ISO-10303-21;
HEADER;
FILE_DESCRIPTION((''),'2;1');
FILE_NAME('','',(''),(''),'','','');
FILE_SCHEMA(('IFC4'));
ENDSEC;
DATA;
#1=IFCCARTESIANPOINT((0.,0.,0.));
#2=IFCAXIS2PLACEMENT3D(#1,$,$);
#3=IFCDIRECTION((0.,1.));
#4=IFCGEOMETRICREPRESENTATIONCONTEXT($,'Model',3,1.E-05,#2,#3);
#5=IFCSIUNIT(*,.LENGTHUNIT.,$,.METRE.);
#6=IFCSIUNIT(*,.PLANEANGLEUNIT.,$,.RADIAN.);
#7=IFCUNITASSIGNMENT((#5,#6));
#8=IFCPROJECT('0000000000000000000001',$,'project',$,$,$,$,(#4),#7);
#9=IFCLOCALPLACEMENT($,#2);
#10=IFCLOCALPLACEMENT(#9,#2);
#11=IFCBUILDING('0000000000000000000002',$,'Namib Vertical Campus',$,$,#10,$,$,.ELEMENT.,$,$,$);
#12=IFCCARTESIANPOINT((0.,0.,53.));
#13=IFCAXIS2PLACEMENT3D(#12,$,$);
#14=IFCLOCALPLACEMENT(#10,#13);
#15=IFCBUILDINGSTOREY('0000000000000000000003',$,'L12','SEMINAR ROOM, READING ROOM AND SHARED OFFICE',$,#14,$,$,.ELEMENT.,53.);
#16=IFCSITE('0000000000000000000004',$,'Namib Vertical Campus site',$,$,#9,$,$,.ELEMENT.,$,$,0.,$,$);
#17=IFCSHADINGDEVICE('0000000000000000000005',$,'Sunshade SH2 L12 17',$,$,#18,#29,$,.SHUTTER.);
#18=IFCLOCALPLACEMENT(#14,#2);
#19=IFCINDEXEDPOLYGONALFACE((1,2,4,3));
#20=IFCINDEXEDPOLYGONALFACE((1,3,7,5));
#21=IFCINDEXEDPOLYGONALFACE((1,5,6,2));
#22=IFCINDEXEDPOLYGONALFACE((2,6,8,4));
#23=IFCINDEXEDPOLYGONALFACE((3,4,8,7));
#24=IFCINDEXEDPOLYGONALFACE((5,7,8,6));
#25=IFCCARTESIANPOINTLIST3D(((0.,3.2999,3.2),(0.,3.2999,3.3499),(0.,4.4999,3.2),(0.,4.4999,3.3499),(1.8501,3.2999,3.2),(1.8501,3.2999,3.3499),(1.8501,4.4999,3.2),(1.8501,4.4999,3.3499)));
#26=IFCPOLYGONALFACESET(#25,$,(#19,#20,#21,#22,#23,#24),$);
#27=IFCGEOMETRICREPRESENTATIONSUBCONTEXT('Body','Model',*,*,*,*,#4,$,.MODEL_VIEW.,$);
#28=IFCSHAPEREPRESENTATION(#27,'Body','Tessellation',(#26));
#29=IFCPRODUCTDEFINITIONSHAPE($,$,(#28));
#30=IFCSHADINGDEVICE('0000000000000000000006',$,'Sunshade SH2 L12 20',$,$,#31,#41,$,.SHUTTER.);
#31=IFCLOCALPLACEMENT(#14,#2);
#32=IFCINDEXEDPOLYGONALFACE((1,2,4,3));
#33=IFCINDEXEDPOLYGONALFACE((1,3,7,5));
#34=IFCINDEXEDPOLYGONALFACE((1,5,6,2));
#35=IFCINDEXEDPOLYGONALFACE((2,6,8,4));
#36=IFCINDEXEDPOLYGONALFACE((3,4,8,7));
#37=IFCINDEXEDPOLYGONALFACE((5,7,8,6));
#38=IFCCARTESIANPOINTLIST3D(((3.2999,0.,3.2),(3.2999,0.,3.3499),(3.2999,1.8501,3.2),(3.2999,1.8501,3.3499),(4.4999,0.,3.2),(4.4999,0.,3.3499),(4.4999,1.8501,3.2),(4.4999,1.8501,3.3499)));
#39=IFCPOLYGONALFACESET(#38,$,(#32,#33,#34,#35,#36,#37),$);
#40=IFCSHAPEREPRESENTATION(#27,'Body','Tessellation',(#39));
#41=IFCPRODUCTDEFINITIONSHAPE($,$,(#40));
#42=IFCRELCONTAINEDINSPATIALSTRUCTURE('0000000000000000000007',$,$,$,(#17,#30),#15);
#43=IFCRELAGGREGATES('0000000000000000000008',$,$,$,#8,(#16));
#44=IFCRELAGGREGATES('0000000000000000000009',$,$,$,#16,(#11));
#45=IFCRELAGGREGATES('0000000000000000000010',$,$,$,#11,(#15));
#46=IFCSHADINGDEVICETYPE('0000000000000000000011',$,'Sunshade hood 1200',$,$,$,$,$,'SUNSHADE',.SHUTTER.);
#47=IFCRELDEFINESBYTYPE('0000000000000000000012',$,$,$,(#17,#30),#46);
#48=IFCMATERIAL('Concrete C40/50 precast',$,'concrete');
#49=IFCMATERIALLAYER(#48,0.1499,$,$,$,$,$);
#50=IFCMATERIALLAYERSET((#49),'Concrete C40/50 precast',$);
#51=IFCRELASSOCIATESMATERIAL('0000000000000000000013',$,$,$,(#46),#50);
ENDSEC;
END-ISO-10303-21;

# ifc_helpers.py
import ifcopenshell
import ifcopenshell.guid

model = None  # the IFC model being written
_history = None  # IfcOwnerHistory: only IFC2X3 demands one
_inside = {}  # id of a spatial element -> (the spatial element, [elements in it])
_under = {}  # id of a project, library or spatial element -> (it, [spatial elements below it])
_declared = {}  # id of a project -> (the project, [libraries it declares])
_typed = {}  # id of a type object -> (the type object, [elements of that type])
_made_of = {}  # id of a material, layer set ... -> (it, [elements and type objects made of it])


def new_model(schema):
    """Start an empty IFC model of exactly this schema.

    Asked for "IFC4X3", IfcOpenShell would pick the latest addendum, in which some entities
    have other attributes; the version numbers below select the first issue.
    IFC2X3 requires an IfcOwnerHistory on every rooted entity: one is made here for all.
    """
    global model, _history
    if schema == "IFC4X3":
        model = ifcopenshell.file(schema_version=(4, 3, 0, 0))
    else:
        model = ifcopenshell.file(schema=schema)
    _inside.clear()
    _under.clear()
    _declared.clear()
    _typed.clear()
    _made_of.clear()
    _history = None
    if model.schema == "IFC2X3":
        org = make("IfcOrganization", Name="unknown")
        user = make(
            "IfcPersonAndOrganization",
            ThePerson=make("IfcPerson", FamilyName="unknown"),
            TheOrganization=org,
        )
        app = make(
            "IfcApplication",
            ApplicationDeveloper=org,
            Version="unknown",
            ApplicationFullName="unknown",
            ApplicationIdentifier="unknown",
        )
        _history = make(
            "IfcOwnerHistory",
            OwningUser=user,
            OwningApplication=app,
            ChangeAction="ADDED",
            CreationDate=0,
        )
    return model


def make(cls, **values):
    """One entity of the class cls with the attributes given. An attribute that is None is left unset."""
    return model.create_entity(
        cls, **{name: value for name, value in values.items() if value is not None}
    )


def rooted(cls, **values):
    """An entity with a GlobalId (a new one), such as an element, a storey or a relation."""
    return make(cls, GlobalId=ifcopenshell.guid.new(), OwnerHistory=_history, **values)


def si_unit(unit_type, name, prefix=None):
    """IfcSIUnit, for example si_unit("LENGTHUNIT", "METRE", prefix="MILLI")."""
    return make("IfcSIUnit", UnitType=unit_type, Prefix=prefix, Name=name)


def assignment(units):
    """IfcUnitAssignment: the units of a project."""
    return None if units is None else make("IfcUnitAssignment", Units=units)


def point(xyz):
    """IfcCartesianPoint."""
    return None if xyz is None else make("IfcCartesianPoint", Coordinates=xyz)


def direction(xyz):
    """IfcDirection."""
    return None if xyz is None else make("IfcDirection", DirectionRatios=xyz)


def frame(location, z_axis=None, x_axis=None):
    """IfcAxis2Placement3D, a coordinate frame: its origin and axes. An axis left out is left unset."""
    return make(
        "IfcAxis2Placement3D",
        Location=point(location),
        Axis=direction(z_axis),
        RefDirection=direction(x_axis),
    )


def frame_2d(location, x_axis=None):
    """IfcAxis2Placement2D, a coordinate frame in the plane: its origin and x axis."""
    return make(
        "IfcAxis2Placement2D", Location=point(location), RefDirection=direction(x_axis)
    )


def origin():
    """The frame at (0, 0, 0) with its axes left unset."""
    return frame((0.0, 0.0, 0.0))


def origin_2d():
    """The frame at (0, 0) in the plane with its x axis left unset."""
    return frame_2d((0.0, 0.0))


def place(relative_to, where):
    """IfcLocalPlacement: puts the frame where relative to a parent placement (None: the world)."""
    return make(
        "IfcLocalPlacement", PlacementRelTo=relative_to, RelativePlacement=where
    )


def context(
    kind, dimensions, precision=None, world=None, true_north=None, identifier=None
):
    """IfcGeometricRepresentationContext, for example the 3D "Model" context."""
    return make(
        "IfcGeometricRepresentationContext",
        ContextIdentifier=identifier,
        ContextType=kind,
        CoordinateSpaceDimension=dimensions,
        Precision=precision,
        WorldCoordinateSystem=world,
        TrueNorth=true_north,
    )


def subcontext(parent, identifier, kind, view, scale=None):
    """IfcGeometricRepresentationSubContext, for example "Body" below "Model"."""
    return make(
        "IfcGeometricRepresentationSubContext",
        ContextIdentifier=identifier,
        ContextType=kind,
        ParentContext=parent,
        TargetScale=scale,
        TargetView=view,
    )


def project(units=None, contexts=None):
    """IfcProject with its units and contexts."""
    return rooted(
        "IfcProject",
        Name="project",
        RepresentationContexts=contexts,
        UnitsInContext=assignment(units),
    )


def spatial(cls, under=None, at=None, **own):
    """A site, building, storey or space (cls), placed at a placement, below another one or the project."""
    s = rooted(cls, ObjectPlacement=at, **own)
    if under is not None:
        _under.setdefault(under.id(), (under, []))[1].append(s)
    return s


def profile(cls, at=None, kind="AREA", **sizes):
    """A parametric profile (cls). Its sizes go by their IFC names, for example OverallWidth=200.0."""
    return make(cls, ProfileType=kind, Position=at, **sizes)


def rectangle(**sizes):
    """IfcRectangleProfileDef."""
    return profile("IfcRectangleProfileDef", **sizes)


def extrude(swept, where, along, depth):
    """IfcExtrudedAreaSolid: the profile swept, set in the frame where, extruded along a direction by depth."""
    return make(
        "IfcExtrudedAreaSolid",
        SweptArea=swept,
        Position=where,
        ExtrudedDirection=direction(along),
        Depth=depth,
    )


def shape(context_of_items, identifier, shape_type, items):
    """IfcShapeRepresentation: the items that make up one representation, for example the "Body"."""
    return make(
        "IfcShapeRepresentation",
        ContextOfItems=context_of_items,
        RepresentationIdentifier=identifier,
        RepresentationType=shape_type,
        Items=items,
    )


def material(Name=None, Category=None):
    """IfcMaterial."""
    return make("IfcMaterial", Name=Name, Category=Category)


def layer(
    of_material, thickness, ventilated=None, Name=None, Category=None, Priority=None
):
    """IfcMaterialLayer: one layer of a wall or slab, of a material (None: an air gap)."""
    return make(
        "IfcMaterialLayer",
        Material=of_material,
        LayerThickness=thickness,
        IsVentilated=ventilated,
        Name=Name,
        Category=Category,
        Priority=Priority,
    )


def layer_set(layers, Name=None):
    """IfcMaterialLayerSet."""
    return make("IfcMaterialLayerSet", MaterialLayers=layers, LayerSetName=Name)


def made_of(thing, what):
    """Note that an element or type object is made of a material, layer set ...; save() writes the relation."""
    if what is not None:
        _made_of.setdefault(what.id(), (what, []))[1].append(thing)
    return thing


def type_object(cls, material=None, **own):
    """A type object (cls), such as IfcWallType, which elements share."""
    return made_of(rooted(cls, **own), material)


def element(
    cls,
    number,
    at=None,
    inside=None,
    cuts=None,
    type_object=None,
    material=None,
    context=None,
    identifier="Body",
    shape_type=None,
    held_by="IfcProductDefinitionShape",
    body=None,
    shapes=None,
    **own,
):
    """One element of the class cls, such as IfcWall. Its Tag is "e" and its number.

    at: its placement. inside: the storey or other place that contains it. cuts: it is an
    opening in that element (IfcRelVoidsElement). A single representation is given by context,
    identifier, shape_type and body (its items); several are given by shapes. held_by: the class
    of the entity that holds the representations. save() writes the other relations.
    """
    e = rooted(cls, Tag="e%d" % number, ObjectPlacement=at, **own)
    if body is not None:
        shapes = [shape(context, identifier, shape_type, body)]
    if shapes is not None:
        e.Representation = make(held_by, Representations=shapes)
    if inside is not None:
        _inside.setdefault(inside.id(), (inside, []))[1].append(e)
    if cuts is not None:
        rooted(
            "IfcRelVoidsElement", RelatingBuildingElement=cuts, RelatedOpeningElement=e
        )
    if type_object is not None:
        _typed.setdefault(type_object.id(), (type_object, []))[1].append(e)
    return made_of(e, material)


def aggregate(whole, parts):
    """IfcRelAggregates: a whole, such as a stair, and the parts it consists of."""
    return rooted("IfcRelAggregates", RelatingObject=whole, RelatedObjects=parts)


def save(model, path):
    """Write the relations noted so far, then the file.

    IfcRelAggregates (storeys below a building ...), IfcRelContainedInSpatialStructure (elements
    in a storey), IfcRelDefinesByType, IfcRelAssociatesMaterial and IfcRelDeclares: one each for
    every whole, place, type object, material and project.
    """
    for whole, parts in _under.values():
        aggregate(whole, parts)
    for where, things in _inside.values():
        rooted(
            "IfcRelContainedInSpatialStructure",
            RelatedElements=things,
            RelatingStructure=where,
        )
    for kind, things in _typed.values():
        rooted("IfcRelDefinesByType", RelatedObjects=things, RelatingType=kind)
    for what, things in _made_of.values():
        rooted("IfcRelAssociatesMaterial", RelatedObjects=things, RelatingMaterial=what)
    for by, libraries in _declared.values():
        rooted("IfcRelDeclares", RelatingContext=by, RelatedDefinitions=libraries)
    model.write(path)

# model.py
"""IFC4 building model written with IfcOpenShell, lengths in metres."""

from ifc_helpers import new_model, si_unit, direction, frame, origin, origin_2d, place, context, subcontext, project, spatial, rectangle, extrude, material, layer, layer_set, type_object, element, save


model = new_model("IFC4")

# Units and contexts
model_context = context("Model", 3, precision=1e-05, world=origin(), true_north=direction((0.0, 1.0)))
body_context = subcontext(model_context, "Body", "Model", "MODEL_VIEW")
ifc_project = project(units=[si_unit("LENGTHUNIT", "METRE"), si_unit("PLANEANGLEUNIT", "RADIAN")], contexts=[model_context])

# Site, building, storey
site_placement = place(None, origin())
site = spatial("IfcSite", under=ifc_project, at=site_placement, Name="Namib Vertical Campus site", CompositionType="ELEMENT", RefElevation=0.0)
building_placement = place(site_placement, origin())
building = spatial("IfcBuilding", under=site, at=building_placement, Name="Namib Vertical Campus", CompositionType="ELEMENT")
storey_placement = place(building_placement, frame((0.0, 0.0, 53.0)))
storey = spatial("IfcBuildingStorey", under=building, at=storey_placement, Name="L12", Description="SEMINAR ROOM, READING ROOM AND SHARED OFFICE", CompositionType="ELEMENT", Elevation=53.0)

# Shading devices
ifc_material_1 = material(Name="Concrete C40/50 precast", Category="concrete")
ifc_layer_1 = layer(ifc_material_1, 0.1499)
ifc_layer_set_1 = layer_set([ifc_layer_1], Name="Concrete C40/50 precast")
shading_device_type = type_object("IfcShadingDeviceType", Name="Sunshade hood 1200", ElementType="SUNSHADE", PredefinedType="SHUTTER", material=ifc_layer_set_1)
for number, where, z_axis, x_axis, name in (
    (1, (0.925, 3.8999, 3.2), (0.0, 0.0, 1.0), (1.0, 0.0, 0.0), "Sunshade SH2 L12 17"),
    (2, (3.8999, 0.925, 3.2), (0.0, 0.0, 1.0), (0.0, -1.0, 0.0), "Sunshade SH2 L12 20"),
):
    element("IfcShadingDevice", number, at=place(storey_placement, frame(where, z_axis=z_axis, x_axis=x_axis)), inside=storey, type_object=shading_device_type, Name=name, PredefinedType="SHUTTER", context=body_context, shape_type="SweptSolid", body=[
        extrude(rectangle(XDim=1.8501, YDim=1.2, at=origin_2d()), origin(), (0.0, 0.0, 1.0), 0.1499),
    ])

save(model, "model.ifc")
